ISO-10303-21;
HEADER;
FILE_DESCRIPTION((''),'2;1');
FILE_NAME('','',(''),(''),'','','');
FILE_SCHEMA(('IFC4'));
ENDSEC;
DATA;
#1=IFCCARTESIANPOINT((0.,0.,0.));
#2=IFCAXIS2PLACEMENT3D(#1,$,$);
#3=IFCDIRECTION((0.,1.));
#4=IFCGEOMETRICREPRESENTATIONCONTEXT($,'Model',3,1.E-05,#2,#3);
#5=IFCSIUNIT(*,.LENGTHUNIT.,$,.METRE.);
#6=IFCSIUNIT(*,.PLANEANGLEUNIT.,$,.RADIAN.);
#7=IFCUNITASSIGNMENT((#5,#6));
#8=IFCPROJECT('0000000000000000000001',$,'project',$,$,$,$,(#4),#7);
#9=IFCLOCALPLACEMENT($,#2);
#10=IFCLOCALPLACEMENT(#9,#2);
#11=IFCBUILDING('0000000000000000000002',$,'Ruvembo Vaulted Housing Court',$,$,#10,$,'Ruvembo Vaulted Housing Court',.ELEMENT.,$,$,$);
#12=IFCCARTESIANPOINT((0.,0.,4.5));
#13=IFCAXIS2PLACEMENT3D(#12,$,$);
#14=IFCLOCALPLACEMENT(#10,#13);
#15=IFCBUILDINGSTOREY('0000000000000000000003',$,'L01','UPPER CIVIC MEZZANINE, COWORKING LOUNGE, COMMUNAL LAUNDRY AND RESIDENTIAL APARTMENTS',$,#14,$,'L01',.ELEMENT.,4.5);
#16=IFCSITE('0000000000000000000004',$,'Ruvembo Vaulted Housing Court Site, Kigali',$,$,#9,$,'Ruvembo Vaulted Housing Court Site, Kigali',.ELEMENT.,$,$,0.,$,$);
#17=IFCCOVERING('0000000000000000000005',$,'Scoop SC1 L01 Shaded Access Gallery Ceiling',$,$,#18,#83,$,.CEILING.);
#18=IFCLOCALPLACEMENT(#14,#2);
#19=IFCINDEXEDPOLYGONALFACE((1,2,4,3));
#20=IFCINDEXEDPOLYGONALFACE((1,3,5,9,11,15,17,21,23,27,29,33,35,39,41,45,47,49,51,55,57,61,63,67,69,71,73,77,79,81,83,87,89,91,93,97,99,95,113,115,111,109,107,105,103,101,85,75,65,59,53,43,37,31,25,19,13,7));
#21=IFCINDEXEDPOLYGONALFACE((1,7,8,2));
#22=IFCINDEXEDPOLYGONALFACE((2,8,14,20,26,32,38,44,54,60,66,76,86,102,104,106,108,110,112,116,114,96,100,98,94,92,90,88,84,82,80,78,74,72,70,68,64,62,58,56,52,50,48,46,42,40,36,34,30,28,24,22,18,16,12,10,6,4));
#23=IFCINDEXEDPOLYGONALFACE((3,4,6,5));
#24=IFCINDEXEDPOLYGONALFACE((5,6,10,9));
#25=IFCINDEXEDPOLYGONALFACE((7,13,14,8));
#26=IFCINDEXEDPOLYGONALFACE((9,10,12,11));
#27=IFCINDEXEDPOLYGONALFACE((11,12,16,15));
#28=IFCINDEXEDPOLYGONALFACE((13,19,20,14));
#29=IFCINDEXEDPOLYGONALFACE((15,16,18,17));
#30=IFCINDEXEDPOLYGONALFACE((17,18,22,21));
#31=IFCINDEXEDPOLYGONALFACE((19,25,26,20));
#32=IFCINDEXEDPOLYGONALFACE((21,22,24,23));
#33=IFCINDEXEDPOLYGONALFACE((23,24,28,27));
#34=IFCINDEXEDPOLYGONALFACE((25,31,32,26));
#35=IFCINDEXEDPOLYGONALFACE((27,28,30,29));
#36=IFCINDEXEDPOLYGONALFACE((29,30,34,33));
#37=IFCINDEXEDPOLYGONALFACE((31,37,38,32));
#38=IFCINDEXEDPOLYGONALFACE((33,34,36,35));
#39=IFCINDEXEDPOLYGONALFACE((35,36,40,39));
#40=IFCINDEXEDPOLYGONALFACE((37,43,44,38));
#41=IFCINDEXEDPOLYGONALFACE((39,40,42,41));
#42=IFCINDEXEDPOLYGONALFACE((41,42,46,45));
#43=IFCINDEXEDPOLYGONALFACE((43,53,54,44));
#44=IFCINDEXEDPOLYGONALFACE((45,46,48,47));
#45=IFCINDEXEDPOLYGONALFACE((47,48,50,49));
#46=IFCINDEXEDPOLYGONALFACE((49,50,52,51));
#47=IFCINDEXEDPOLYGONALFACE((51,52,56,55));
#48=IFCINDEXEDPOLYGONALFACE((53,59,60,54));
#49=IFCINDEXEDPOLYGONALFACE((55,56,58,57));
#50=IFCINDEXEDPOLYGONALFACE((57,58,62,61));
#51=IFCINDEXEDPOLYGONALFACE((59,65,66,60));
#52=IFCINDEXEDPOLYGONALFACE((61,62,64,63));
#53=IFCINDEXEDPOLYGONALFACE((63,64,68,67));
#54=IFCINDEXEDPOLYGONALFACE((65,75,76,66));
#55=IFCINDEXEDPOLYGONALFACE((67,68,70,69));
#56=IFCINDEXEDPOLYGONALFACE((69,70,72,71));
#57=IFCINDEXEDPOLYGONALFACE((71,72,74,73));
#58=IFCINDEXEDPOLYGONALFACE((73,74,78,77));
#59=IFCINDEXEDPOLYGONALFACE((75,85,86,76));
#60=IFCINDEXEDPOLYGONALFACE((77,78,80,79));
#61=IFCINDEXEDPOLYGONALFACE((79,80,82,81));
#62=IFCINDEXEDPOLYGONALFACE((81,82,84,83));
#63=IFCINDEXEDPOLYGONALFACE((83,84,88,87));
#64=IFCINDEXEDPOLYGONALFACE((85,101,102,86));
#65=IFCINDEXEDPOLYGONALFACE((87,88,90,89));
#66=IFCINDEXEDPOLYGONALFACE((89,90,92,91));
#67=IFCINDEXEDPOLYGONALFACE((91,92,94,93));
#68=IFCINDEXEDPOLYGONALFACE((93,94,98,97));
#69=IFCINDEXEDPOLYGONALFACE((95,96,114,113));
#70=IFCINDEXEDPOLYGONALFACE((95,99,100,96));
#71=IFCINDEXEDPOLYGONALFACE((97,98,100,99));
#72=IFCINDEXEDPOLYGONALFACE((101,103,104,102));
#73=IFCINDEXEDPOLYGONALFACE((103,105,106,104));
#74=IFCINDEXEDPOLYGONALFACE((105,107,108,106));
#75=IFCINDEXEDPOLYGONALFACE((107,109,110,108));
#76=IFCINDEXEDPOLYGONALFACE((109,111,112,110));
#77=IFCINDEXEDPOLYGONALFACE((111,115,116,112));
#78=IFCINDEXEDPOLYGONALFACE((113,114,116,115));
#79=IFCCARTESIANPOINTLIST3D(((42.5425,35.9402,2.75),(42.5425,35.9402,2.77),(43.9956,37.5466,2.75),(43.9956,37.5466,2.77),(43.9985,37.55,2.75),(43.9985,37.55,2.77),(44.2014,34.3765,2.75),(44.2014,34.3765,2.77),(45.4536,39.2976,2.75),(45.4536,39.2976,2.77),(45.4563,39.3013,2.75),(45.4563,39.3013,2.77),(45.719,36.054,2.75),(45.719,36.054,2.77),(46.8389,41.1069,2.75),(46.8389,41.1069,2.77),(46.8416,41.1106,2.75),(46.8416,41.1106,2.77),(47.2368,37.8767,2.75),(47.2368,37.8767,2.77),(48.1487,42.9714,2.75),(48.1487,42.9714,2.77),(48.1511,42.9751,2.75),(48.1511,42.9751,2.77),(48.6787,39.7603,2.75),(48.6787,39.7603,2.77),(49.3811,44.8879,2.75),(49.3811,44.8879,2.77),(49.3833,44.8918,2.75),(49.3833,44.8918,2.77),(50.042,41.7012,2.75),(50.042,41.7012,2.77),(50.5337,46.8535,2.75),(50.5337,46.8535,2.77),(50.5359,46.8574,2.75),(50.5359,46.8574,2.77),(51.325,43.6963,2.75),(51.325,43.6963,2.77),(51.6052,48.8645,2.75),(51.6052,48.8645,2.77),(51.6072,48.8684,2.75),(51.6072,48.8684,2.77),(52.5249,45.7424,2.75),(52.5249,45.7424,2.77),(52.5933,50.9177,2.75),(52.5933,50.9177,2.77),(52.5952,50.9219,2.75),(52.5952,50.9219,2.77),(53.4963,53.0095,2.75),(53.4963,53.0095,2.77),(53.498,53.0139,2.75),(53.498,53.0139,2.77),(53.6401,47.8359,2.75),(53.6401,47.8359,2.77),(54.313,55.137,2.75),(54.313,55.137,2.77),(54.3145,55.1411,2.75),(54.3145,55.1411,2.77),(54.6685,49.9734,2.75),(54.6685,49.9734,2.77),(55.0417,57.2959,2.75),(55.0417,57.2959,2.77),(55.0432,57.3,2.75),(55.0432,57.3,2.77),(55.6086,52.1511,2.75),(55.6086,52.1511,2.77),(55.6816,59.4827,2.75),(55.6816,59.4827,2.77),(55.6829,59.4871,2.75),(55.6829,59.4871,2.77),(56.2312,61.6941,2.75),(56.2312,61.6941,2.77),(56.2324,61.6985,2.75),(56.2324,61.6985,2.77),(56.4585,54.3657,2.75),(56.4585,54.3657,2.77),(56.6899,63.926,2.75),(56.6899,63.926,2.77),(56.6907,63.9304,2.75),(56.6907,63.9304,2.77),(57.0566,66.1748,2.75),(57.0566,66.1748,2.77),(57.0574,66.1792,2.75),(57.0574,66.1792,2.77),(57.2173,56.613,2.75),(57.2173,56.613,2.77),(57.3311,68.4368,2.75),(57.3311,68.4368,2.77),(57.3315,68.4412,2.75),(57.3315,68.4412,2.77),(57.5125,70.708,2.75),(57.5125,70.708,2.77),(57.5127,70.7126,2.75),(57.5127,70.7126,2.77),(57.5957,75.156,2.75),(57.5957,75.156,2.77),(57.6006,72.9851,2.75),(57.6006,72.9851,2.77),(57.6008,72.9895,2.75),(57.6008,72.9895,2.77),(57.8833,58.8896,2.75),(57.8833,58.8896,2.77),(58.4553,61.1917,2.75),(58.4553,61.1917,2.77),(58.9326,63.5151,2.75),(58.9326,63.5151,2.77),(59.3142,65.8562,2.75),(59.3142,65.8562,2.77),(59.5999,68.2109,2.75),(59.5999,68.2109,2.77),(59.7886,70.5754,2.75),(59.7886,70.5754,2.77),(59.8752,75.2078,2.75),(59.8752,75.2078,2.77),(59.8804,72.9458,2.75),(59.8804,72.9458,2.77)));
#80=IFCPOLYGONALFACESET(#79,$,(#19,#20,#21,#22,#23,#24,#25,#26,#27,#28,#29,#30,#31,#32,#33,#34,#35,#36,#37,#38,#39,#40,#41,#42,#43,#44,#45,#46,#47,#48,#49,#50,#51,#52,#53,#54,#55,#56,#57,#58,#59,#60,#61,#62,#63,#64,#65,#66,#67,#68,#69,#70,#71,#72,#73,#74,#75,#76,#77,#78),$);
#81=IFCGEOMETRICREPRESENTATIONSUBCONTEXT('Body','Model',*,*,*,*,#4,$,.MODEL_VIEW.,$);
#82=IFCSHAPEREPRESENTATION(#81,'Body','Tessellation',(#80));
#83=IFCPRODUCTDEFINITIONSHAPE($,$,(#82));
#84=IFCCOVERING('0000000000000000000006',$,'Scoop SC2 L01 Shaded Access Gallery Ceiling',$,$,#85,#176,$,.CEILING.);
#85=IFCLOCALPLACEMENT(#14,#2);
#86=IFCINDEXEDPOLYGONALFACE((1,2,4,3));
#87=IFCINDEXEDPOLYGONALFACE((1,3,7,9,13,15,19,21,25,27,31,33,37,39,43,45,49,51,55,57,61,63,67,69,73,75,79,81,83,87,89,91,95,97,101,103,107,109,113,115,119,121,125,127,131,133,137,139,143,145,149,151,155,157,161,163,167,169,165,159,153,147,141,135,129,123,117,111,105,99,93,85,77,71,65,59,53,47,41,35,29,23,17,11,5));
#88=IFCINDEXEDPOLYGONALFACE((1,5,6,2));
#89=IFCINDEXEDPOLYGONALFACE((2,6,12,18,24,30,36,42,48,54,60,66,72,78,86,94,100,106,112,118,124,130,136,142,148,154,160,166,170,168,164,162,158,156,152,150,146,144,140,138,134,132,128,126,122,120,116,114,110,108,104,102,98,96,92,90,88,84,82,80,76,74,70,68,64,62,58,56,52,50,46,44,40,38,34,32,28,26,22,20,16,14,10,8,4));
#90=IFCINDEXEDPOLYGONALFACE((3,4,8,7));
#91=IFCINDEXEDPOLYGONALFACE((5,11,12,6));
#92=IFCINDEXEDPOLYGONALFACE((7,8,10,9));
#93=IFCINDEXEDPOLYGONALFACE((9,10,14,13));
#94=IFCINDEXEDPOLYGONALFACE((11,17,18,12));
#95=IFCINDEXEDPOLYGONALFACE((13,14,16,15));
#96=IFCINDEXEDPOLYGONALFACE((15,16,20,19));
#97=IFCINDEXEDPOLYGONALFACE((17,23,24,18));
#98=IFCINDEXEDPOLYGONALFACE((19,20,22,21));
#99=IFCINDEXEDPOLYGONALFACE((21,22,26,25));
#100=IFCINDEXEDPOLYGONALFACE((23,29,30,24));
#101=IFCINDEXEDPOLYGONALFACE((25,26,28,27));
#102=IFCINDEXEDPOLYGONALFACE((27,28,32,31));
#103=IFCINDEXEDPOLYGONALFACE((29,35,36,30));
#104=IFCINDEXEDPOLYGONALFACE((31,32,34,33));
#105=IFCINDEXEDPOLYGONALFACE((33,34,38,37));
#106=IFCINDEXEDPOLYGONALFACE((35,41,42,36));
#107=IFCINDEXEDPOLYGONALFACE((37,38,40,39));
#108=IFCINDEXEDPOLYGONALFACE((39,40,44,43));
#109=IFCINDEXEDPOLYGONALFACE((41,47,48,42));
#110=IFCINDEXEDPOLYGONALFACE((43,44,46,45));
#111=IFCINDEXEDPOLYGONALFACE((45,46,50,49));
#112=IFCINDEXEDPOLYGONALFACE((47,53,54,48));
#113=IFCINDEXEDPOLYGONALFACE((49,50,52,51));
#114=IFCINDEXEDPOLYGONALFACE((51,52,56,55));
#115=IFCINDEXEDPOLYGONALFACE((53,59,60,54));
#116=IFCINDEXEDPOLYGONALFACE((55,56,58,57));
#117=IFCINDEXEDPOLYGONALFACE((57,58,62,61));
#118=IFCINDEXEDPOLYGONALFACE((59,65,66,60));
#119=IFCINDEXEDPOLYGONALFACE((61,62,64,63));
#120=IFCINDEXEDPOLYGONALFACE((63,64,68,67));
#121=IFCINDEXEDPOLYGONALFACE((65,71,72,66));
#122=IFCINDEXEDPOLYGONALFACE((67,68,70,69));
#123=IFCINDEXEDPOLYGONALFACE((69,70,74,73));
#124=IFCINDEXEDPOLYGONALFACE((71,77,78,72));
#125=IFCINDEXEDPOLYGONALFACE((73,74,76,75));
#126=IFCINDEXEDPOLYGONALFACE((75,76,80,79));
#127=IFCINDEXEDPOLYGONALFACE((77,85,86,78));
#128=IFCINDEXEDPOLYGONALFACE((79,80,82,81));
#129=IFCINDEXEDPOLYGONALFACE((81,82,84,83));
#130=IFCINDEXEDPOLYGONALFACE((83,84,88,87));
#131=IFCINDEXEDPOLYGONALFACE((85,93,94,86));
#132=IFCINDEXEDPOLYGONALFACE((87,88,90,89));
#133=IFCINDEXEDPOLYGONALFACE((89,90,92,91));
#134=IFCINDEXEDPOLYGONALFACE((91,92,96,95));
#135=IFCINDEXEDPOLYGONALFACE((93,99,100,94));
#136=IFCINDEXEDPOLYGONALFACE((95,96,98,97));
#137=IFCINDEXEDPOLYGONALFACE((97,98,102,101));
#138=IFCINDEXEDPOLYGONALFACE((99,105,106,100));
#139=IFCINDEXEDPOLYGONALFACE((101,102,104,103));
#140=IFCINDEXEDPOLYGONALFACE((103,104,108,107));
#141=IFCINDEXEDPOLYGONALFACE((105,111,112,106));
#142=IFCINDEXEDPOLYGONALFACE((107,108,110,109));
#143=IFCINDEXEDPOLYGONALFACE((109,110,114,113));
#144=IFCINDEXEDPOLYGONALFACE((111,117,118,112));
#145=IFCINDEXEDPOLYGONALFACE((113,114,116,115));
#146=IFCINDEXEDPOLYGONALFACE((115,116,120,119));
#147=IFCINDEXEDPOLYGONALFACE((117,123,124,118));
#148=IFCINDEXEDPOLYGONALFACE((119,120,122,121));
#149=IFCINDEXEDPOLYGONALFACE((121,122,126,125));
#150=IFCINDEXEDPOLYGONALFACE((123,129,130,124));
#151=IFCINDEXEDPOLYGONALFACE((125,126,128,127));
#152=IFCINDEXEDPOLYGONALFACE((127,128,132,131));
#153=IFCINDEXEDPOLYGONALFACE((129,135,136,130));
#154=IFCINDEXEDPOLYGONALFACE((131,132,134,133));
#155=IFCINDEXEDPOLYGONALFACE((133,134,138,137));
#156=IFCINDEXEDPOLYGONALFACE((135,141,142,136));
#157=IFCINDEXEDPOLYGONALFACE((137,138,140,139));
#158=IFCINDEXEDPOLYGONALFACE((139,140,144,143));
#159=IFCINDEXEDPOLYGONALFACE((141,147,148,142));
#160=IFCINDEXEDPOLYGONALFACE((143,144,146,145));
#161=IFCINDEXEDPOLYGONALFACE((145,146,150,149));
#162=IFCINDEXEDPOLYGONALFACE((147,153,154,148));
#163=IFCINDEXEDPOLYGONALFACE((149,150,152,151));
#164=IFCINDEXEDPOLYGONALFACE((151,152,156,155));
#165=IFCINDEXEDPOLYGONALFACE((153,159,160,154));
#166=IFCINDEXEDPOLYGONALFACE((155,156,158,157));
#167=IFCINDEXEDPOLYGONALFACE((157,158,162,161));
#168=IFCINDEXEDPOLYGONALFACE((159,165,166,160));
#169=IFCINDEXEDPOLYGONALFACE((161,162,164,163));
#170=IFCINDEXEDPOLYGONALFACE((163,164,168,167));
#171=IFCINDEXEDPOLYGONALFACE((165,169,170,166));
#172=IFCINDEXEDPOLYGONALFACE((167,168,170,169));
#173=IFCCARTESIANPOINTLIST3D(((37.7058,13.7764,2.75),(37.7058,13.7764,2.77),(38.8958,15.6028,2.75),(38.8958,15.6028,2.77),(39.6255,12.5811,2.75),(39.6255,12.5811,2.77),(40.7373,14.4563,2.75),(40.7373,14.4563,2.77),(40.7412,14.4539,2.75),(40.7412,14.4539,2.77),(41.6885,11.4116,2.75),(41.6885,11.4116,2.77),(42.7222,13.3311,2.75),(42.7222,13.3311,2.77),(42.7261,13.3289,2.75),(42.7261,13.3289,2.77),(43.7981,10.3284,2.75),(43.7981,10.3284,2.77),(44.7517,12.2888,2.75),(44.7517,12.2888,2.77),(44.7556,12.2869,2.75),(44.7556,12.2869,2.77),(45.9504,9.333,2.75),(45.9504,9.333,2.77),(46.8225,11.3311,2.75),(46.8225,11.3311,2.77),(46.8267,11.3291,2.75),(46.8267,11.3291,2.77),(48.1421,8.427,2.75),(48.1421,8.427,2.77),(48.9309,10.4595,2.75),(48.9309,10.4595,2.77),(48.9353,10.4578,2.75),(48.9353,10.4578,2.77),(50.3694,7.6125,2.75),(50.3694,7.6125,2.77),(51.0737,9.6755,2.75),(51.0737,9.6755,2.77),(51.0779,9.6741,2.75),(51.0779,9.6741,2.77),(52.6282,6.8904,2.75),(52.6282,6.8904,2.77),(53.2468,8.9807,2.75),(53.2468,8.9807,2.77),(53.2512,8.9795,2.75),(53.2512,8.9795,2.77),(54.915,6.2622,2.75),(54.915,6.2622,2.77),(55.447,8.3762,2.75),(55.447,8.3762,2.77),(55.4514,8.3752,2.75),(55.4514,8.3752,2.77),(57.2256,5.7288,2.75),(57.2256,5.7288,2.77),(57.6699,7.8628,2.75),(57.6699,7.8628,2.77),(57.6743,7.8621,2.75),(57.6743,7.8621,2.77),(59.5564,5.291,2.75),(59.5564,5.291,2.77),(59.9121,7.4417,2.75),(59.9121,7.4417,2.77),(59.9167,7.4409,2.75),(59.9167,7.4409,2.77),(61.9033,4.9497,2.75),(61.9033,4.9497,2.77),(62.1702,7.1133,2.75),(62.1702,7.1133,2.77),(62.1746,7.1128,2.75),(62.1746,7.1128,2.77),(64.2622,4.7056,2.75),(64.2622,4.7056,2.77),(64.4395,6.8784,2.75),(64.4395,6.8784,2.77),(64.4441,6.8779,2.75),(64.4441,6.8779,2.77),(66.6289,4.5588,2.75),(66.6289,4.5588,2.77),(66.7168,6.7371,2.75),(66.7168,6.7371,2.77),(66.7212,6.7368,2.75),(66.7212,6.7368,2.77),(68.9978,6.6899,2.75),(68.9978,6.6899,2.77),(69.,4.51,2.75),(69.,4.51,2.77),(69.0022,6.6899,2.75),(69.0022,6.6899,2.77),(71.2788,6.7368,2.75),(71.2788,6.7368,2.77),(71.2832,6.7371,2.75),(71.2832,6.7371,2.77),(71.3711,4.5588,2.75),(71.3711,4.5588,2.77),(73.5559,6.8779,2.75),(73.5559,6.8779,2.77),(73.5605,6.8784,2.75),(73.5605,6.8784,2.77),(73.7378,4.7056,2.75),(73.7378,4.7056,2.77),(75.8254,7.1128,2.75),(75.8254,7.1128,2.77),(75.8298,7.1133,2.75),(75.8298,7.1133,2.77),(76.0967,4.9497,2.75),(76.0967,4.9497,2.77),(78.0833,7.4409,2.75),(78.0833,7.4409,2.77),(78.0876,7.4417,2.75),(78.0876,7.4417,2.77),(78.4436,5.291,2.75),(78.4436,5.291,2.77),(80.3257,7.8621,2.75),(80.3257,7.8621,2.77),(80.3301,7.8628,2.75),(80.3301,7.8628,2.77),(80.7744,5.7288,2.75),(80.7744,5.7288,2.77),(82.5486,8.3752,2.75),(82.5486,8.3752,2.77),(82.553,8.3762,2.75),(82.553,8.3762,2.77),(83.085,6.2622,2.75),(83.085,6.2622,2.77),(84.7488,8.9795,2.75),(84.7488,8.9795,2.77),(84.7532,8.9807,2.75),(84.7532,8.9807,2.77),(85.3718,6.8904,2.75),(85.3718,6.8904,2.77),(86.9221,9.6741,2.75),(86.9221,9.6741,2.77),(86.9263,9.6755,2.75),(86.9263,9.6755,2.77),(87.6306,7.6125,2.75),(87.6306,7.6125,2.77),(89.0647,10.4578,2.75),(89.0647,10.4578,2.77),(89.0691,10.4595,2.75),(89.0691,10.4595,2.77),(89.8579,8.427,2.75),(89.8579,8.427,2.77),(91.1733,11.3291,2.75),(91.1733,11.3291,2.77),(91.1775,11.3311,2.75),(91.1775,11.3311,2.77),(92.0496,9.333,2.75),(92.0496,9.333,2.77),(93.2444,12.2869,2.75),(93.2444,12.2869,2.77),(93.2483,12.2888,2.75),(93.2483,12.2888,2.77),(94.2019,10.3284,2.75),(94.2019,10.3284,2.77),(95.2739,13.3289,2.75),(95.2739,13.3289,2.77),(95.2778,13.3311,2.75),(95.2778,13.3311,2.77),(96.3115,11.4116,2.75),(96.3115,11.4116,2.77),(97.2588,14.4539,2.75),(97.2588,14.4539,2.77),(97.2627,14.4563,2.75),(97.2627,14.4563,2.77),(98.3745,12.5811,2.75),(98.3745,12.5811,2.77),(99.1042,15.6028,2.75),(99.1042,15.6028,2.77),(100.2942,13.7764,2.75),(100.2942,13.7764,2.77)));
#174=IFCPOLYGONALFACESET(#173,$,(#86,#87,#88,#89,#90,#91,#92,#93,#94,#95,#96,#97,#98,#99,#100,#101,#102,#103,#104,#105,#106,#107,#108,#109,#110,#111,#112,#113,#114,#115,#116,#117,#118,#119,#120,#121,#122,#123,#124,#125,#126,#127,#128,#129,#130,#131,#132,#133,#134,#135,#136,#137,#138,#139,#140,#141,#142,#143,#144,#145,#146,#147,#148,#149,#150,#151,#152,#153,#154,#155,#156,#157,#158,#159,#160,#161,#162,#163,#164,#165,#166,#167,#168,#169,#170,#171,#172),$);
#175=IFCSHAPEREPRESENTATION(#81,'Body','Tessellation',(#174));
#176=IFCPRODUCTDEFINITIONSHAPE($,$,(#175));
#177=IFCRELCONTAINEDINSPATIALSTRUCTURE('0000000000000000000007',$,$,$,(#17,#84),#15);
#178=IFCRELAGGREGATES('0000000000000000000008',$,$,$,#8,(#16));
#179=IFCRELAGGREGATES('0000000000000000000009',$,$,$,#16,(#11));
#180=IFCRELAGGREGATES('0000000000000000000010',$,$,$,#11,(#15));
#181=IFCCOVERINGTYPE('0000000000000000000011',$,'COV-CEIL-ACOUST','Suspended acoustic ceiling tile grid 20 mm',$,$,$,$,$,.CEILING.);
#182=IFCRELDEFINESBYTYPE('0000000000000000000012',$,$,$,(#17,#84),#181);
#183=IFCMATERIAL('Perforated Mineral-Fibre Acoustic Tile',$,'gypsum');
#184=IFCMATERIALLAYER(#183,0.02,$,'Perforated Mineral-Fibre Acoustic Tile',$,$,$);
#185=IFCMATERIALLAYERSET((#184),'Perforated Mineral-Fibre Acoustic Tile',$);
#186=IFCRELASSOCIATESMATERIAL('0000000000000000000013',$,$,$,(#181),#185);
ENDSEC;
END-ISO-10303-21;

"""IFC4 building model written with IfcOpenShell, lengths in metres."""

from ifc_helpers import new_model, si_unit, direction, frame, origin, place, context, subcontext, project, spatial, polyline, outline, extrude, material, layer, layer_set, type_object, element, save


model = new_model("IFC4")

# Units and contexts
model_context = context("Model", 3, precision=1e-05, world=origin(), true_north=direction((0.0, 1.0)))
body_context = subcontext(model_context, "Body", "Model", "MODEL_VIEW")
ifc_project = project(units=[si_unit("LENGTHUNIT", "METRE"), si_unit("PLANEANGLEUNIT", "RADIAN")], contexts=[model_context])

# Site, building, storey
site_placement = place(None, origin())
site = spatial("IfcSite", under=ifc_project, at=site_placement, Name="Ruvembo Vaulted Housing Court Site, Kigali", LongName="Ruvembo Vaulted Housing Court Site, Kigali", CompositionType="ELEMENT", RefElevation=0.0)
building_placement = place(site_placement, origin())
building = spatial("IfcBuilding", under=site, at=building_placement, Name="Ruvembo Vaulted Housing Court", LongName="Ruvembo Vaulted Housing Court", CompositionType="ELEMENT")
storey_placement = place(building_placement, frame((0.0, 0.0, 4.5)))
storey = spatial("IfcBuildingStorey", under=building, at=storey_placement, Name="L01", Description="UPPER CIVIC MEZZANINE, COWORKING LOUNGE, COMMUNAL LAUNDRY AND RESIDENTIAL APARTMENTS", LongName="L01", CompositionType="ELEMENT", Elevation=4.5)

# Coverings
ifc_material_1 = material(Name="Perforated Mineral-Fibre Acoustic Tile", Category="gypsum")
ifc_layer_1 = layer(ifc_material_1, 0.02, Name="Perforated Mineral-Fibre Acoustic Tile")
ifc_layer_set_1 = layer_set([ifc_layer_1], Name="Perforated Mineral-Fibre Acoustic Tile")
covering_type_1 = type_object("IfcCoveringType", Name="COV-CEIL-ACOUST", Description="Suspended acoustic ceiling tile grid 20 mm", PredefinedType="CEILING", material=ifc_layer_set_1)
covering_1_placement = place(storey_placement, frame((0.0, 0.0, 2.75)))
element("IfcCovering", 1, at=covering_1_placement, inside=storey, type_object=covering_type_1, Name="Scoop SC1 L01 Shaded Access Gallery Ceiling", PredefinedType="CEILING", context=body_context, shape_type="SweptSolid", body=[
    extrude(outline(polyline([(43.9985, 37.55), (43.9956, 37.5466), (42.5425, 35.9402), (44.2014, 34.3765), (45.719, 36.054), (47.2368, 37.8767), (48.6787, 39.7603), (50.042, 41.7012), (51.325, 43.6963), (52.5249, 45.7424), (53.6401, 47.8359), (54.6685, 49.9734), (55.6086, 52.1511), (56.4585, 54.3657), (57.2173, 56.613), (57.8833, 58.8896), (58.4553, 61.1917), (58.9326, 63.5151), (59.3142, 65.8562), (59.5999, 68.2109), (59.7886, 70.5754), (59.8804, 72.9458), (59.8752, 75.2078), (57.5957, 75.156), (57.6008, 72.9895), (57.6006, 72.9851), (57.5127, 70.7126), (57.5125, 70.708), (57.3315, 68.4412), (57.3311, 68.4368), (57.0574, 66.1792), (57.0566, 66.1748), (56.6907, 63.9304), (56.6899, 63.926), (56.2324, 61.6985), (56.2312, 61.6941), (55.6829, 59.4871), (55.6816, 59.4827), (55.0432, 57.3), (55.0417, 57.2959), (54.3145, 55.1411), (54.313, 55.137), (53.498, 53.0139), (53.4963, 53.0095), (52.5952, 50.9219), (52.5933, 50.9177), (51.6072, 48.8684), (51.6052, 48.8645), (50.5359, 46.8574), (50.5337, 46.8535), (49.3833, 44.8918), (49.3811, 44.8879), (48.1511, 42.9751), (48.1487, 42.9714), (46.8416, 41.1106), (46.8389, 41.1069), (45.4563, 39.3013), (45.4536, 39.2976), (43.9985, 37.55)])), origin(), (0.0, 0.0, 1.0), 0.02),
])
covering_2_placement = place(storey_placement, frame((0.0, 0.0, 2.75)))
element("IfcCovering", 2, at=covering_2_placement, inside=storey, type_object=covering_type_1, Name="Scoop SC2 L01 Shaded Access Gallery Ceiling", PredefinedType="CEILING", context=body_context, shape_type="SweptSolid", body=[
    extrude(outline(polyline([(40.7412, 14.4539), (40.7373, 14.4563), (38.8958, 15.6028), (37.7058, 13.7764), (39.6255, 12.5811), (41.6885, 11.4116), (43.7981, 10.3284), (45.9504, 9.333), (48.1421, 8.427), (50.3694, 7.6125), (52.6282, 6.8904), (54.915, 6.2622), (57.2256, 5.7288), (59.5564, 5.291), (61.9033, 4.9497), (64.2622, 4.7056), (66.6289, 4.5588), (69.0, 4.51), (71.3711, 4.5588), (73.7378, 4.7056), (76.0967, 4.9497), (78.4436, 5.291), (80.7744, 5.7288), (83.085, 6.2622), (85.3718, 6.8904), (87.6306, 7.6125), (89.8579, 8.427), (92.0496, 9.333), (94.2019, 10.3284), (96.3115, 11.4116), (98.3745, 12.5811), (100.2942, 13.7764), (99.1042, 15.6028), (97.2627, 14.4563), (97.2588, 14.4539), (95.2778, 13.3311), (95.2739, 13.3289), (93.2483, 12.2888), (93.2444, 12.2869), (91.1775, 11.3311), (91.1733, 11.3291), (89.0691, 10.4595), (89.0647, 10.4578), (86.9263, 9.6755), (86.9221, 9.6741), (84.7532, 8.9807), (84.7488, 8.9795), (82.553, 8.3762), (82.5486, 8.3752), (80.3301, 7.8628), (80.3257, 7.8621), (78.0876, 7.4417), (78.0833, 7.4409), (75.8298, 7.1133), (75.8254, 7.1128), (73.5605, 6.8784), (73.5559, 6.8779), (71.2832, 6.7371), (71.2788, 6.7368), (69.0022, 6.6899), (68.9978, 6.6899), (66.7212, 6.7368), (66.7168, 6.7371), (64.4441, 6.8779), (64.4395, 6.8784), (62.1746, 7.1128), (62.1702, 7.1133), (59.9167, 7.4409), (59.9121, 7.4417), (57.6743, 7.8621), (57.6699, 7.8628), (55.4514, 8.3752), (55.447, 8.3762), (53.2512, 8.9795), (53.2468, 8.9807), (51.0779, 9.6741), (51.0737, 9.6755), (48.9353, 10.4578), (48.9309, 10.4595), (46.8267, 11.3291), (46.8225, 11.3311), (44.7556, 12.2869), (44.7517, 12.2888), (42.7261, 13.3289), (42.7222, 13.3311), (40.7412, 14.4539)])), origin(), (0.0, 0.0, 1.0), 0.02),
])

save(model, "model.ifc")
